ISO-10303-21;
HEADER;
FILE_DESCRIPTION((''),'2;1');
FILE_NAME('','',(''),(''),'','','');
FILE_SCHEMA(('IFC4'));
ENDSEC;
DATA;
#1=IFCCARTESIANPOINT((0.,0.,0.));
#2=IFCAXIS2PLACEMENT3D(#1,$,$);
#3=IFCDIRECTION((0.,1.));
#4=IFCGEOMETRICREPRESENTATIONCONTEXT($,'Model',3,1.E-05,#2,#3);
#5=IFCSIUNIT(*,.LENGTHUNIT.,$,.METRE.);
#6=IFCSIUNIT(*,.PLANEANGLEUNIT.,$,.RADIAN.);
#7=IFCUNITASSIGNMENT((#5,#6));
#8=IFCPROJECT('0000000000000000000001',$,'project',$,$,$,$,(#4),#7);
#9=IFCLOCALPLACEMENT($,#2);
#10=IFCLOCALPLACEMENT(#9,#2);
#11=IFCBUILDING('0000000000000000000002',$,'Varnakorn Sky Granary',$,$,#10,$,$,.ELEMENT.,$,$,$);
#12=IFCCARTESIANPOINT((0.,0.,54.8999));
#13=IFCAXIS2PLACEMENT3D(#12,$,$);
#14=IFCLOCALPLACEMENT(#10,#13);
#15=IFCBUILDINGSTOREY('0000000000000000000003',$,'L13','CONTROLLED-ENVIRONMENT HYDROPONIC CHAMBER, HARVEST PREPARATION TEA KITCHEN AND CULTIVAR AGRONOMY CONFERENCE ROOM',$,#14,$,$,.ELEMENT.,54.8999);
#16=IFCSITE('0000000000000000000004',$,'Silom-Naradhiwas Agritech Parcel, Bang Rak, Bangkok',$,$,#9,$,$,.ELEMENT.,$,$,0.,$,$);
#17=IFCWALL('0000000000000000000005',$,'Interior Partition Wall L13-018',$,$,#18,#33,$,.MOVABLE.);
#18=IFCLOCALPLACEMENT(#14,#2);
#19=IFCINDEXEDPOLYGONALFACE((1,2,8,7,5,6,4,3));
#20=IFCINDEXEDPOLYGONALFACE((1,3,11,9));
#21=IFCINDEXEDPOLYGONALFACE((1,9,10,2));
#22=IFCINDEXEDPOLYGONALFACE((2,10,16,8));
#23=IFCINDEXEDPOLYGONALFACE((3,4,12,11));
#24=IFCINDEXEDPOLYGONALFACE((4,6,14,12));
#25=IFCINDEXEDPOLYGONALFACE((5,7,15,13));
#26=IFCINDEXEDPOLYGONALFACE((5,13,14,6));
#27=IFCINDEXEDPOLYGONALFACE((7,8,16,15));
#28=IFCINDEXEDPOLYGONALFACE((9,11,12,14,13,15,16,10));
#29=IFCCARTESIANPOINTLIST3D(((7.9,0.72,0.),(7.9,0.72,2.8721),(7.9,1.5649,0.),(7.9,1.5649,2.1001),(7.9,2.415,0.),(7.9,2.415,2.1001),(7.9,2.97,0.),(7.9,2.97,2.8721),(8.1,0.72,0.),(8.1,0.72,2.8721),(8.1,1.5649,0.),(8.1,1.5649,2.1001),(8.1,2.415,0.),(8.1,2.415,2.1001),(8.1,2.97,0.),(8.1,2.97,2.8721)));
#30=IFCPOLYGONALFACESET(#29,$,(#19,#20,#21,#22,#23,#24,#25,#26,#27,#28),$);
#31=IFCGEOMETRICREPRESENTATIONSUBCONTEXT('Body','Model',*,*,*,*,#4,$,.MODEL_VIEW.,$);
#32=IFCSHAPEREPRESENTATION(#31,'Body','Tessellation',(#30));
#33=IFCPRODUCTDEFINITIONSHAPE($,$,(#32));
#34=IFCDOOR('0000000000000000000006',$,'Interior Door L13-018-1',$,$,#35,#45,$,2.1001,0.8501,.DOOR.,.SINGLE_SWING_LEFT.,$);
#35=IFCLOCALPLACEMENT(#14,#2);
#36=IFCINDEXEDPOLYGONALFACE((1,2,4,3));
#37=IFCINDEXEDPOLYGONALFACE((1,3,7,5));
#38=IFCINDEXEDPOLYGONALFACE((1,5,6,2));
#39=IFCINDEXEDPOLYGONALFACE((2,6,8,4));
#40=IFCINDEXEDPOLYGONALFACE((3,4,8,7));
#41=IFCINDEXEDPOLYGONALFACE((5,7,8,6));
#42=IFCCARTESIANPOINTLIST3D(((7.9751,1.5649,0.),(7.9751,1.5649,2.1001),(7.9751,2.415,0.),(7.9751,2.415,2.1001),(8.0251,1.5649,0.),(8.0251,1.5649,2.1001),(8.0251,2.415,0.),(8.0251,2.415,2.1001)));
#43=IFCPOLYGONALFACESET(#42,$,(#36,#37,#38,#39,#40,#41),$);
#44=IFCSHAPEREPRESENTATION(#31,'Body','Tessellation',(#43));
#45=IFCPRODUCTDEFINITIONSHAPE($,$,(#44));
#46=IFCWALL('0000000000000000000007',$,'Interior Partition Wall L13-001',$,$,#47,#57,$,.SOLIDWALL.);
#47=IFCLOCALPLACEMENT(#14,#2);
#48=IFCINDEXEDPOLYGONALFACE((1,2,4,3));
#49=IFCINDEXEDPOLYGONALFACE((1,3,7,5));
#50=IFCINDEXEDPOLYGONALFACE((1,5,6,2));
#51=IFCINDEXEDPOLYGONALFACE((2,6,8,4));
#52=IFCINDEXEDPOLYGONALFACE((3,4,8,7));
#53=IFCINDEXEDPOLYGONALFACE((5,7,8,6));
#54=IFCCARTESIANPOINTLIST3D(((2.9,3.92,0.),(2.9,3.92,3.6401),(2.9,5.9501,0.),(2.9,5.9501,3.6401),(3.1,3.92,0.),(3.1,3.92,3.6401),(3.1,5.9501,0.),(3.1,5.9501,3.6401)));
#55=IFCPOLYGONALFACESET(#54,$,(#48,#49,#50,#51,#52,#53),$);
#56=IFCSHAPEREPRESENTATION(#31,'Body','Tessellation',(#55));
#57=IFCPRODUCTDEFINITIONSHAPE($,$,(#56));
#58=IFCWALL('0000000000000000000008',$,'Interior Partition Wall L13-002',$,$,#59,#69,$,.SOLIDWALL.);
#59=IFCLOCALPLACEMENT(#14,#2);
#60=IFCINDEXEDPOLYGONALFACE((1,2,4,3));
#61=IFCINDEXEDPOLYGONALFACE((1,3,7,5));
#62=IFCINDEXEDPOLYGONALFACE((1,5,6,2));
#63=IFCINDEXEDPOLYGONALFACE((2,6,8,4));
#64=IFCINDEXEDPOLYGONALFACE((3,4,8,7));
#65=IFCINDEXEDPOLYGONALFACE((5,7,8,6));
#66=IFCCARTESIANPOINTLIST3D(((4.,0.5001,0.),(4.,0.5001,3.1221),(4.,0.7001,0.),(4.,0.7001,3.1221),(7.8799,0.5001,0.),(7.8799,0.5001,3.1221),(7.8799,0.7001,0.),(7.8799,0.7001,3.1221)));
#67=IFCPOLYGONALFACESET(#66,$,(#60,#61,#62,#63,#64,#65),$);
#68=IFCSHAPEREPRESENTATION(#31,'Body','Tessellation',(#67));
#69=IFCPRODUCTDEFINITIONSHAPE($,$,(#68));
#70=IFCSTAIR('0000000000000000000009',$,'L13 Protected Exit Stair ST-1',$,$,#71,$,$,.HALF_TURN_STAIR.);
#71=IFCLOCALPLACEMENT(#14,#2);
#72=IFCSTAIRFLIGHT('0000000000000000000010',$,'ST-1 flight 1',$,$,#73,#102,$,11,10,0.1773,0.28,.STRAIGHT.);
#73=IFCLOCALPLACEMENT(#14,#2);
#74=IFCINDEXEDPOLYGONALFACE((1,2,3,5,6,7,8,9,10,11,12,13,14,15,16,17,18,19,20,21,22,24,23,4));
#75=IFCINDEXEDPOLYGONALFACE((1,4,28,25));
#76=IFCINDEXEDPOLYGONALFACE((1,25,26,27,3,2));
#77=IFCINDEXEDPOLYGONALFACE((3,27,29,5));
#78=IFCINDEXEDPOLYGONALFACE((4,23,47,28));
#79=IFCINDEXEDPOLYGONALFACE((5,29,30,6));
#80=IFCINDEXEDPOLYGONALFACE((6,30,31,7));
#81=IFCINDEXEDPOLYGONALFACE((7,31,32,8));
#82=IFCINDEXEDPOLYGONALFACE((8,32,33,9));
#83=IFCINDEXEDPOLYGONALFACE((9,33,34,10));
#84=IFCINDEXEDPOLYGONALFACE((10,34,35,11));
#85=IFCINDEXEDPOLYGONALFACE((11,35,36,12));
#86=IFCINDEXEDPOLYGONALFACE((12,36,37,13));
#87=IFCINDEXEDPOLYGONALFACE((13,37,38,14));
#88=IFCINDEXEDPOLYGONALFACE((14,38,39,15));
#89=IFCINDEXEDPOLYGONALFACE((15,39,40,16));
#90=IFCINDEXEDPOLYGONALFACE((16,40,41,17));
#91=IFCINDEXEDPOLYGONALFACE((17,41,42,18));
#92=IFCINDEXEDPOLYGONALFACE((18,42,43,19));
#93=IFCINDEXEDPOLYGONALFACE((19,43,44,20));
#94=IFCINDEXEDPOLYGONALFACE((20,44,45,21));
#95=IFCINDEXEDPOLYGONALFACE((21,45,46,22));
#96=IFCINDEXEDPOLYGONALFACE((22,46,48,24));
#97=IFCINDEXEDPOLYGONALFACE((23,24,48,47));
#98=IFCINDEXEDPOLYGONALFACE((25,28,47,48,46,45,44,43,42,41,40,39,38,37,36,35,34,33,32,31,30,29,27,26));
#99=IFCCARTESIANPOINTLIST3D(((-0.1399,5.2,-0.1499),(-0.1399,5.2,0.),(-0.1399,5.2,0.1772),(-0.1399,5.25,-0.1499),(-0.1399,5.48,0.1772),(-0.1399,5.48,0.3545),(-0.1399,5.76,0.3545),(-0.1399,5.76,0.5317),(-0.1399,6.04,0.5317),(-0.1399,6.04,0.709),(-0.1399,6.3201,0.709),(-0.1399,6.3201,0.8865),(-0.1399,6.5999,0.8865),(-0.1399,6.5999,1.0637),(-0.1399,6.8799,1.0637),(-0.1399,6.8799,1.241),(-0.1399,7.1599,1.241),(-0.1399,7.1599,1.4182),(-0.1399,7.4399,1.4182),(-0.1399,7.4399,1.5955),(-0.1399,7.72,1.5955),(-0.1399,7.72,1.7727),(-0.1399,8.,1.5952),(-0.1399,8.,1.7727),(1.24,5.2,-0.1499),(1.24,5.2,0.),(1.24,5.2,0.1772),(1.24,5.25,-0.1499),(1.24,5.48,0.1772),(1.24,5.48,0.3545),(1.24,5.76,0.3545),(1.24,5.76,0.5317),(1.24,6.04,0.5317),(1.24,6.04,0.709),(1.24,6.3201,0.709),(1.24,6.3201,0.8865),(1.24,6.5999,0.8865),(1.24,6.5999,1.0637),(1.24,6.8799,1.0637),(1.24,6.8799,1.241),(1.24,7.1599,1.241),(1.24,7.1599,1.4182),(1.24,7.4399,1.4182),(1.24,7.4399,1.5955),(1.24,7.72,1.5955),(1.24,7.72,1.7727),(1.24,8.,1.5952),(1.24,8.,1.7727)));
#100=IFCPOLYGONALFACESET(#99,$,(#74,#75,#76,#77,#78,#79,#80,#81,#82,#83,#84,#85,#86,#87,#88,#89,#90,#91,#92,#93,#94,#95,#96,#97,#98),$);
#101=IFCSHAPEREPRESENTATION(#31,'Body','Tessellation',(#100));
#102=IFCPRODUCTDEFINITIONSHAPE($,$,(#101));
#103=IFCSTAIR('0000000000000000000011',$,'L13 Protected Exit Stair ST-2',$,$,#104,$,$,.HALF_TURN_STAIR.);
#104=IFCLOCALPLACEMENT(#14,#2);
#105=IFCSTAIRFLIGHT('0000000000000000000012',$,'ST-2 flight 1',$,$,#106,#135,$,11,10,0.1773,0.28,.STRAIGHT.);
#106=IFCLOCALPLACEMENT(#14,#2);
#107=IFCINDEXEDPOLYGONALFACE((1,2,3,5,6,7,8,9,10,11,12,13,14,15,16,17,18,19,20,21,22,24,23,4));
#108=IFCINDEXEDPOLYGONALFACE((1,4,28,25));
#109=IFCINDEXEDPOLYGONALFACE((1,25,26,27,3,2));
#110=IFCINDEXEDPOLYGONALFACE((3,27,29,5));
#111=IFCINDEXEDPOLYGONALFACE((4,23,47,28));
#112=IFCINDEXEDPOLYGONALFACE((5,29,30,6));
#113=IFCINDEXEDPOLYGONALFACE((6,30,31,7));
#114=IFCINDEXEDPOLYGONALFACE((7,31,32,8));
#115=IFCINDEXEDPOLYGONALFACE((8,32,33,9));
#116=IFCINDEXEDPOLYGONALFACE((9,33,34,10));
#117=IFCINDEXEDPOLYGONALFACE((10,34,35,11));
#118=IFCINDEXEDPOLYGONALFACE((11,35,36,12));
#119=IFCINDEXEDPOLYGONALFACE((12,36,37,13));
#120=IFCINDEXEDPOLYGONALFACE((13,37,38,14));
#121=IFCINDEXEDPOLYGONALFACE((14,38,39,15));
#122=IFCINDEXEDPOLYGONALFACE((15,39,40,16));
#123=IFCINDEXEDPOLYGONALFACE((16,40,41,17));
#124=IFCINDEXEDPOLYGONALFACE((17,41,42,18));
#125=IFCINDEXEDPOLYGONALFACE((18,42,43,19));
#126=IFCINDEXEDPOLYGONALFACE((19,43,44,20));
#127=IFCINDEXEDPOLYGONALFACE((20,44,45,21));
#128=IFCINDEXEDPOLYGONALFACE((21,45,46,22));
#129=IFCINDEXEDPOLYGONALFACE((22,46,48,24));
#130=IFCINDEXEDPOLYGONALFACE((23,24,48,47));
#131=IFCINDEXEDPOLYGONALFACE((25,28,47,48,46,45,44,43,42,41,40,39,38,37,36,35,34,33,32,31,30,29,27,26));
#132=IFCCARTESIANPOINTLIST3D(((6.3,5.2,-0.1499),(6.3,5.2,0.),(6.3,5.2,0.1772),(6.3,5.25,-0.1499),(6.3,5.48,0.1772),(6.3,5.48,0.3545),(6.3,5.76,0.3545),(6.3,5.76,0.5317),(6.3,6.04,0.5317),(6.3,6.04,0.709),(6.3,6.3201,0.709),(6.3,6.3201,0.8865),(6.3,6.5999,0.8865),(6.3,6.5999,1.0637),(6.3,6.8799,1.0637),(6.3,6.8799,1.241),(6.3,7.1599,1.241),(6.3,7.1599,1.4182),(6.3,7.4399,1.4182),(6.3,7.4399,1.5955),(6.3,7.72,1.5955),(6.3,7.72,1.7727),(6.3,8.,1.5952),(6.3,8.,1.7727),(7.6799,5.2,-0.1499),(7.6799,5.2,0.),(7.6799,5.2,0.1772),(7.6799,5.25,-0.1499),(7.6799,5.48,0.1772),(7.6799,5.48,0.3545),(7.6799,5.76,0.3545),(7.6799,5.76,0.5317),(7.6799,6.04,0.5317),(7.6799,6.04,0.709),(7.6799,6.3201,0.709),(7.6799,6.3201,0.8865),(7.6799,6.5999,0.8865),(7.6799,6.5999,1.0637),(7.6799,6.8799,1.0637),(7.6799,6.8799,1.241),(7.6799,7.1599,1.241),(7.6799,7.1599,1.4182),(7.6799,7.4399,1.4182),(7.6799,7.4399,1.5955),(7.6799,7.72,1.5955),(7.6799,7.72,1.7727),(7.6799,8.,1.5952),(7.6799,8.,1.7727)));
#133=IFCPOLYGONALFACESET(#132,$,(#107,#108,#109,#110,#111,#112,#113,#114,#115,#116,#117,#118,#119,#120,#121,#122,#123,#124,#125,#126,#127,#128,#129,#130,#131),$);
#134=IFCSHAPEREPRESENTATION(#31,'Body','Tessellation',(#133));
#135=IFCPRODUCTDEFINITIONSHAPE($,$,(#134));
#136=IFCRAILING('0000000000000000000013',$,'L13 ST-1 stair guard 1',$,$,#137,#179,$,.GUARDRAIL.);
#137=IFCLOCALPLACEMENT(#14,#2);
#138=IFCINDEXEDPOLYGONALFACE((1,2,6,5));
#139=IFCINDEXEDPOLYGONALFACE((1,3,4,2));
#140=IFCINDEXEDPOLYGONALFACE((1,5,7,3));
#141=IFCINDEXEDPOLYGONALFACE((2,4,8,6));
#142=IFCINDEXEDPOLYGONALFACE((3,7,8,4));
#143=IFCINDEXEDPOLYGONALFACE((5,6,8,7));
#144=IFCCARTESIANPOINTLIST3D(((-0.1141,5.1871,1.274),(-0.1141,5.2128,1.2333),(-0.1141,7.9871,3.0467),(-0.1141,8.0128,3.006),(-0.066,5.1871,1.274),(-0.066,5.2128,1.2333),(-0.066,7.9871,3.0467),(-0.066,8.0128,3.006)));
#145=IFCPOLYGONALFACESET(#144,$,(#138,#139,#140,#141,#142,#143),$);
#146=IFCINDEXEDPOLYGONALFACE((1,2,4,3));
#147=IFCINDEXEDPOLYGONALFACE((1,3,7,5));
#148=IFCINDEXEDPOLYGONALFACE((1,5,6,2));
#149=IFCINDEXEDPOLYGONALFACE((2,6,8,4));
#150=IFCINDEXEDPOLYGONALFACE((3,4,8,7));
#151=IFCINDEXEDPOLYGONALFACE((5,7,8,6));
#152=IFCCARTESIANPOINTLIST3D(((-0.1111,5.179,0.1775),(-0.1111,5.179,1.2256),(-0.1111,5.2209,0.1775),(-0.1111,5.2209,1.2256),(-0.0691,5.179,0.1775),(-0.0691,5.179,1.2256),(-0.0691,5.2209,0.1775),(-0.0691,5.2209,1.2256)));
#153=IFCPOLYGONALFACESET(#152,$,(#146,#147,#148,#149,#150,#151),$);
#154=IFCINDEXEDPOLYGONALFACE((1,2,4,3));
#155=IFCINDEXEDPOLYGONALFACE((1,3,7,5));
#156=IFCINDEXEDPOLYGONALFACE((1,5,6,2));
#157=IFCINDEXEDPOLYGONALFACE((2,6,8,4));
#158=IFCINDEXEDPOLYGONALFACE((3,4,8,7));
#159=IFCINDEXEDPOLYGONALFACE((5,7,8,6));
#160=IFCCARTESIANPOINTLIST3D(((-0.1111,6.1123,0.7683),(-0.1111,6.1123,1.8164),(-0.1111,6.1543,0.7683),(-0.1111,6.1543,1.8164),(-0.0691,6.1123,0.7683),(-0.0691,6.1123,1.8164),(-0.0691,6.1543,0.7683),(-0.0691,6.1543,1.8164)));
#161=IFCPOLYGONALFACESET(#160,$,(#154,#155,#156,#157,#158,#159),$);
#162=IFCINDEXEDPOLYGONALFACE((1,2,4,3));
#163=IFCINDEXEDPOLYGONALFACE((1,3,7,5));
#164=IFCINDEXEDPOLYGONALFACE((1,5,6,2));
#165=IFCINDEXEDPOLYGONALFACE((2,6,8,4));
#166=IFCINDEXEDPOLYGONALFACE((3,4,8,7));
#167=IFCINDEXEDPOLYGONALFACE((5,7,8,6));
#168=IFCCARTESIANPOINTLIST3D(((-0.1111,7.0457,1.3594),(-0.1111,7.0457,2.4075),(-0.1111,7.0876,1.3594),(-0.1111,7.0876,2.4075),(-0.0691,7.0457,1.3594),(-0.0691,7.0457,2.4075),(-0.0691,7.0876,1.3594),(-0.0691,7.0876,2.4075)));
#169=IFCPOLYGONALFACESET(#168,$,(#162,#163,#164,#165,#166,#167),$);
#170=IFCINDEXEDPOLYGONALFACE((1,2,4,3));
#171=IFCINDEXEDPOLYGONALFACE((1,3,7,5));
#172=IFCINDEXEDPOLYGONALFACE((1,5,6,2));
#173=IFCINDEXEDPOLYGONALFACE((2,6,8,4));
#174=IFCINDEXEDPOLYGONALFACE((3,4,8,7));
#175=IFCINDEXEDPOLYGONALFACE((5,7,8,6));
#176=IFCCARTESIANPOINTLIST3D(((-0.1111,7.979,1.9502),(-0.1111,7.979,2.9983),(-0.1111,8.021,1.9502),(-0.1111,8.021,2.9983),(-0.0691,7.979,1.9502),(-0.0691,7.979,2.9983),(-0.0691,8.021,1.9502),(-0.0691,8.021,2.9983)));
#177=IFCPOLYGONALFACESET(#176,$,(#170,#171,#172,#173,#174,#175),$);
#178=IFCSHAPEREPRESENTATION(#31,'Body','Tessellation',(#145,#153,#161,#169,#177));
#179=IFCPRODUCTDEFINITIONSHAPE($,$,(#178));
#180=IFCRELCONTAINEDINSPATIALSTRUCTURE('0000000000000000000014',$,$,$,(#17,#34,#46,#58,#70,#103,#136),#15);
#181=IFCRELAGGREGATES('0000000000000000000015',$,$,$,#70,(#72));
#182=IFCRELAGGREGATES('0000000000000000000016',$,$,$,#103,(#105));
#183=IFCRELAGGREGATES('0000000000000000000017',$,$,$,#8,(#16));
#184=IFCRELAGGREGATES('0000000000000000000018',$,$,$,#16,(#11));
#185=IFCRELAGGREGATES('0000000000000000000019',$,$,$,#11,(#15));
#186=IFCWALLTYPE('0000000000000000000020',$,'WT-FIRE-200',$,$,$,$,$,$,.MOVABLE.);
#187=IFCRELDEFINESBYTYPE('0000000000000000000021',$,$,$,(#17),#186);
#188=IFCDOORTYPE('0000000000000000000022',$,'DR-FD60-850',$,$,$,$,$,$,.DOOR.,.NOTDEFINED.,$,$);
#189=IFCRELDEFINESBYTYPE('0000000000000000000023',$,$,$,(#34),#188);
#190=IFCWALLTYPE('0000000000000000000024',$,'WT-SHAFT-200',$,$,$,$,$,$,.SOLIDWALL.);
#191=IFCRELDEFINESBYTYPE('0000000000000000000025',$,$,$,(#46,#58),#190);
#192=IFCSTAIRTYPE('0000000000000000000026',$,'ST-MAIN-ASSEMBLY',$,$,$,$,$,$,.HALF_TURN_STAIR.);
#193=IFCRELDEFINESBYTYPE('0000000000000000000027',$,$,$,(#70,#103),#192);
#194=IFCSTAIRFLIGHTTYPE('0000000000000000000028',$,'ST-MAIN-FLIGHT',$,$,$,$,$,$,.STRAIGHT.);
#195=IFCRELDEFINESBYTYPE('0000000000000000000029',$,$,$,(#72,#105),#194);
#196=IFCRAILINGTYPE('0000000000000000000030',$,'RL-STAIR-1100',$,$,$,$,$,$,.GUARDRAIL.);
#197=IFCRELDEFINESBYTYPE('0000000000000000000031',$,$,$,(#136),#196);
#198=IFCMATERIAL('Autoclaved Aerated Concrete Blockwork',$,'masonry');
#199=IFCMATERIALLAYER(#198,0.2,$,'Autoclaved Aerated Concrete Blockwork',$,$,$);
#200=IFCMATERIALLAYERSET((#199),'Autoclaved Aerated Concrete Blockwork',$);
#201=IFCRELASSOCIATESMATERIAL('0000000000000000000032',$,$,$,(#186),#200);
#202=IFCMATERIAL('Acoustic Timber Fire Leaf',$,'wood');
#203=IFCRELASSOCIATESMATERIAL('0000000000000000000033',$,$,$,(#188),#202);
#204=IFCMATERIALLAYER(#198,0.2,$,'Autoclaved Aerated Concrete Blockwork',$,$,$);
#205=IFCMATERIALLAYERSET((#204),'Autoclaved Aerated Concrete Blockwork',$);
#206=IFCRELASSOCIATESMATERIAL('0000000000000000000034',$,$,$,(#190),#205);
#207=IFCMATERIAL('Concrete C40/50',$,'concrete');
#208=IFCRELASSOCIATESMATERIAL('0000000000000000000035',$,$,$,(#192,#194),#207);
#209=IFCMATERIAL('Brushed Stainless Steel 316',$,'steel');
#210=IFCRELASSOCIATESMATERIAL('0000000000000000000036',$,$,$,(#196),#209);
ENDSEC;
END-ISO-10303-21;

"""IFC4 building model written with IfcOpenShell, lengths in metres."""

from ifc_helpers import new_model, si_unit, direction, frame, frame_2d, origin, origin_2d, place, context, subcontext, project, spatial, polyline, rectangle, outline, extrude, material, layer, layer_set, type_object, element, fill, aggregate, save


model = new_model("IFC4")

# Units and contexts
model_context = context("Model", 3, precision=1e-05, world=origin(), true_north=direction((0.0, 1.0)))
body_context = subcontext(model_context, "Body", "Model", "MODEL_VIEW")
ifc_project = project(units=[si_unit("LENGTHUNIT", "METRE"), si_unit("PLANEANGLEUNIT", "RADIAN")], contexts=[model_context])

# Site, building, storey
site_placement = place(None, origin())
site = spatial("IfcSite", under=ifc_project, at=site_placement, Name="Silom-Naradhiwas Agritech Parcel, Bang Rak, Bangkok", CompositionType="ELEMENT", RefElevation=0.0)
building_placement = place(site_placement, origin())
building = spatial("IfcBuilding", under=site, at=building_placement, Name="Varnakorn Sky Granary", CompositionType="ELEMENT")
storey_placement = place(building_placement, frame((0.0, 0.0, 54.8999)))
storey = spatial("IfcBuildingStorey", under=building, at=storey_placement, Name="L13", Description="CONTROLLED-ENVIRONMENT HYDROPONIC CHAMBER, HARVEST PREPARATION TEA KITCHEN AND CULTIVAR AGRONOMY CONFERENCE ROOM", CompositionType="ELEMENT", Elevation=54.8999)

# Shared definitions
ifc_material_1 = material(Name="Autoclaved Aerated Concrete Blockwork", Category="masonry")
ifc_layer_1 = layer(ifc_material_1, 0.2, Name="Autoclaved Aerated Concrete Blockwork")
ifc_layer_set_1 = layer_set([ifc_layer_1], Name="Autoclaved Aerated Concrete Blockwork")
wall_type_1 = type_object("IfcWallType", Name="WT-FIRE-200", PredefinedType="MOVABLE", material=ifc_layer_set_1)
ifc_material_2 = material(Name="Acoustic Timber Fire Leaf", Category="wood")
door_type_1 = type_object("IfcDoorType", Name="DR-FD60-850", OperationType="NOTDEFINED", PredefinedType="DOOR", material=ifc_material_2)

# Wall, opening, door
wall_1_placement = place(storey_placement, frame((8.0, 0.72, 0.0), z_axis=(0.0, 0.0, 1.0), x_axis=(0.0, 1.0, 0.0)))
wall_1 = element("IfcWall", 1, at=wall_1_placement, inside=storey, type_object=wall_type_1, Name="Interior Partition Wall L13-018", PredefinedType="MOVABLE", context=body_context, shape_type="SweptSolid", body=[
    extrude(rectangle(XDim=2.25, YDim=0.2, at=frame_2d((1.125, 0.0))), origin(), (0.0, 0.0, 1.0), 2.8721),
])
opening_1_placement = place(wall_1_placement, frame((0.845, 0.0, 0.0)))
opening_1 = element("IfcOpeningElement", 2, at=opening_1_placement, cuts=wall_1, PredefinedType="OPENING", context=body_context, shape_type="SweptSolid", body=[
    extrude(rectangle(XDim=0.8501, YDim=2.1001, at=frame_2d((0.425, 1.05))), frame((0.0, 0.1099, 0.0), z_axis=(0.0, -1.0, 0.0), x_axis=(1.0, 0.0, 0.0)), (0.0, 0.0, 1.0), 0.22),
])
door_1_placement = place(opening_1_placement, origin())
door_1 = element("IfcDoor", 3, at=door_1_placement, inside=storey, type_object=door_type_1, Name="Interior Door L13-018-1", OperationType="SINGLE_SWING_LEFT", OverallHeight=2.1001, OverallWidth=0.8501, PredefinedType="DOOR", context=body_context, shape_type="SweptSolid", body=[
    extrude(rectangle(XDim=0.8501, YDim=2.1001, at=frame_2d((0.425, 1.05))), frame((0.0, 0.0249, 0.0), z_axis=(0.0, -1.0, 0.0), x_axis=(1.0, 0.0, 0.0)), (0.0, 0.0, 1.0), 0.05),
])
fill(opening_1, door_1)

# Walls
ifc_layer_2 = layer(ifc_material_1, 0.2, Name="Autoclaved Aerated Concrete Blockwork")
ifc_layer_set_2 = layer_set([ifc_layer_2], Name="Autoclaved Aerated Concrete Blockwork")
wall_type_2 = type_object("IfcWallType", Name="WT-SHAFT-200", PredefinedType="SOLIDWALL", material=ifc_layer_set_2)
wall_2_placement = place(storey_placement, frame((3.0, 3.9199, 0.0), z_axis=(0.0, 0.0, 1.0), x_axis=(0.0, 1.0, 0.0)))
element("IfcWall", 4, at=wall_2_placement, inside=storey, type_object=wall_type_2, Name="Interior Partition Wall L13-001", PredefinedType="SOLIDWALL", context=body_context, shape_type="SweptSolid", body=[
    extrude(rectangle(XDim=2.03, YDim=0.2, at=frame_2d((1.0151, 0.0))), origin(), (0.0, 0.0, 1.0), 3.6401),
])
wall_3_placement = place(storey_placement, frame((4.0, 0.6001, 0.0), z_axis=(0.0, 0.0, 1.0), x_axis=(1.0, 0.0, 0.0)))
element("IfcWall", 5, at=wall_3_placement, inside=storey, type_object=wall_type_2, Name="Interior Partition Wall L13-002", PredefinedType="SOLIDWALL", context=body_context, shape_type="SweptSolid", body=[
    extrude(rectangle(XDim=3.8799, YDim=0.2, at=frame_2d((1.9399, 0.0))), origin(), (0.0, 0.0, 1.0), 3.1221),
])

# Stairs, stair flights
ifc_material_3 = material(Name="Concrete C40/50", Category="concrete")
stair_type = type_object("IfcStairType", Name="ST-MAIN-ASSEMBLY", PredefinedType="HALF_TURN_STAIR", material=ifc_material_3)
stair_1_placement = place(storey_placement, origin())
stair_1 = element("IfcStair", 6, at=stair_1_placement, inside=storey, type_object=stair_type, Name="L13 Protected Exit Stair ST-1", PredefinedType="HALF_TURN_STAIR")
stair_flight_type = type_object("IfcStairFlightType", Name="ST-MAIN-FLIGHT", PredefinedType="STRAIGHT", material=ifc_material_3)
stair_flight_1_placement = place(storey_placement, frame((0.55, 5.2, 0.0), z_axis=(0.0, 0.0, 1.0), x_axis=(0.0, 1.0, 0.0)))
stair_flight_1 = element("IfcStairFlight", 7, at=stair_flight_1_placement, type_object=stair_flight_type, Name="ST-1 flight 1", NumberOfRisers=11, NumberOfTreads=10, PredefinedType="STRAIGHT", RiserHeight=0.1773, TreadLength=0.28, context=body_context, shape_type="SweptSolid", body=[
    extrude(outline(polyline([(0.0, -0.1499), (0.0, 0.0), (0.0, 0.1772), (0.28, 0.1772), (0.28, 0.3545), (0.5601, 0.3545), (0.5601, 0.5317), (0.8401, 0.5317), (0.8401, 0.709), (1.1201, 0.709), (1.1201, 0.8865), (1.3999, 0.8865), (1.3999, 1.0637), (1.6799, 1.0637), (1.6799, 1.241), (1.96, 1.241), (1.96, 1.4182), (2.24, 1.4182), (2.24, 1.5955), (2.52, 1.5955), (2.52, 1.7727), (2.8, 1.7727), (2.8, 1.95), (2.8, 1.5952), (0.05, -0.1499), (0.0, -0.1499)])), frame((0.0, 0.6899, 0.0), z_axis=(0.0, -1.0, 0.0), x_axis=(1.0, 0.0, 0.0)), (0.0, 0.0, 1.0), 1.3799),
])
aggregate(stair_1, [stair_flight_1])
stair_2_placement = place(storey_placement, origin())
stair_2 = element("IfcStair", 8, at=stair_2_placement, inside=storey, type_object=stair_type, Name="L13 Protected Exit Stair ST-2", PredefinedType="HALF_TURN_STAIR")
stair_flight_2_placement = place(storey_placement, frame((6.99, 5.2, 0.0), z_axis=(0.0, 0.0, 1.0), x_axis=(0.0, 1.0, 0.0)))
stair_flight_2 = element("IfcStairFlight", 9, at=stair_flight_2_placement, type_object=stair_flight_type, Name="ST-2 flight 1", NumberOfRisers=11, NumberOfTreads=10, PredefinedType="STRAIGHT", RiserHeight=0.1773, TreadLength=0.28, context=body_context, shape_type="SweptSolid", body=[
    extrude(outline(polyline([(0.0, -0.1499), (0.0, 0.0), (0.0, 0.1772), (0.28, 0.1772), (0.28, 0.3545), (0.5601, 0.3545), (0.5601, 0.5317), (0.8401, 0.5317), (0.8401, 0.709), (1.1201, 0.709), (1.1201, 0.8865), (1.3999, 0.8865), (1.3999, 1.0637), (1.6799, 1.0637), (1.6799, 1.241), (1.96, 1.241), (1.96, 1.4182), (2.24, 1.4182), (2.24, 1.5955), (2.52, 1.5955), (2.52, 1.7727), (2.8, 1.7727), (2.8, 1.95), (2.8, 1.5952), (0.05, -0.1499), (0.0, -0.1499)])), frame((0.0, 0.6899, 0.0), z_axis=(0.0, -1.0, 0.0), x_axis=(1.0, 0.0, 0.0)), (0.0, 0.0, 1.0), 1.3799),
])
aggregate(stair_2, [stair_flight_2])

# Railing
ifc_material_4 = material(Name="Brushed Stainless Steel 316", Category="steel")
railing_type_1 = type_object("IfcRailingType", Name="RL-STAIR-1100", PredefinedType="GUARDRAIL", material=ifc_material_4)
railing_1_placement = place(storey_placement, frame((-0.0901, 5.2, 0.1775)))
element("IfcRailing", 10, at=railing_1_placement, inside=storey, type_object=railing_type_1, Name="L13 ST-1 stair guard 1", PredefinedType="GUARDRAIL", context=body_context, shape_type="SweptSolid", body=[
    extrude(rectangle(XDim=0.0481, YDim=0.0481, at=origin_2d()), frame((0.0, 0.0, 1.0762), z_axis=(0.0, 0.844909, 0.53491), x_axis=(-1.0, 0.0, 0.0)), (0.0, 0.0, 1.0), 3.314),
    extrude(rectangle(XDim=0.042, YDim=0.042, at=origin_2d()), origin(), (0.0, 0.0, 1.0), 1.0481),
    extrude(rectangle(XDim=0.042, YDim=0.042, at=origin_2d()), frame((0.0, 0.9333, 0.5908)), (0.0, 0.0, 1.0), 1.0481),
    extrude(rectangle(XDim=0.042, YDim=0.042, at=origin_2d()), frame((0.0, 1.8667, 1.1819)), (0.0, 0.0, 1.0), 1.0481),
    extrude(rectangle(XDim=0.042, YDim=0.042, at=origin_2d()), frame((0.0, 2.8, 1.7727)), (0.0, 0.0, 1.0), 1.0481),
])

save(model, "model.ifc")
